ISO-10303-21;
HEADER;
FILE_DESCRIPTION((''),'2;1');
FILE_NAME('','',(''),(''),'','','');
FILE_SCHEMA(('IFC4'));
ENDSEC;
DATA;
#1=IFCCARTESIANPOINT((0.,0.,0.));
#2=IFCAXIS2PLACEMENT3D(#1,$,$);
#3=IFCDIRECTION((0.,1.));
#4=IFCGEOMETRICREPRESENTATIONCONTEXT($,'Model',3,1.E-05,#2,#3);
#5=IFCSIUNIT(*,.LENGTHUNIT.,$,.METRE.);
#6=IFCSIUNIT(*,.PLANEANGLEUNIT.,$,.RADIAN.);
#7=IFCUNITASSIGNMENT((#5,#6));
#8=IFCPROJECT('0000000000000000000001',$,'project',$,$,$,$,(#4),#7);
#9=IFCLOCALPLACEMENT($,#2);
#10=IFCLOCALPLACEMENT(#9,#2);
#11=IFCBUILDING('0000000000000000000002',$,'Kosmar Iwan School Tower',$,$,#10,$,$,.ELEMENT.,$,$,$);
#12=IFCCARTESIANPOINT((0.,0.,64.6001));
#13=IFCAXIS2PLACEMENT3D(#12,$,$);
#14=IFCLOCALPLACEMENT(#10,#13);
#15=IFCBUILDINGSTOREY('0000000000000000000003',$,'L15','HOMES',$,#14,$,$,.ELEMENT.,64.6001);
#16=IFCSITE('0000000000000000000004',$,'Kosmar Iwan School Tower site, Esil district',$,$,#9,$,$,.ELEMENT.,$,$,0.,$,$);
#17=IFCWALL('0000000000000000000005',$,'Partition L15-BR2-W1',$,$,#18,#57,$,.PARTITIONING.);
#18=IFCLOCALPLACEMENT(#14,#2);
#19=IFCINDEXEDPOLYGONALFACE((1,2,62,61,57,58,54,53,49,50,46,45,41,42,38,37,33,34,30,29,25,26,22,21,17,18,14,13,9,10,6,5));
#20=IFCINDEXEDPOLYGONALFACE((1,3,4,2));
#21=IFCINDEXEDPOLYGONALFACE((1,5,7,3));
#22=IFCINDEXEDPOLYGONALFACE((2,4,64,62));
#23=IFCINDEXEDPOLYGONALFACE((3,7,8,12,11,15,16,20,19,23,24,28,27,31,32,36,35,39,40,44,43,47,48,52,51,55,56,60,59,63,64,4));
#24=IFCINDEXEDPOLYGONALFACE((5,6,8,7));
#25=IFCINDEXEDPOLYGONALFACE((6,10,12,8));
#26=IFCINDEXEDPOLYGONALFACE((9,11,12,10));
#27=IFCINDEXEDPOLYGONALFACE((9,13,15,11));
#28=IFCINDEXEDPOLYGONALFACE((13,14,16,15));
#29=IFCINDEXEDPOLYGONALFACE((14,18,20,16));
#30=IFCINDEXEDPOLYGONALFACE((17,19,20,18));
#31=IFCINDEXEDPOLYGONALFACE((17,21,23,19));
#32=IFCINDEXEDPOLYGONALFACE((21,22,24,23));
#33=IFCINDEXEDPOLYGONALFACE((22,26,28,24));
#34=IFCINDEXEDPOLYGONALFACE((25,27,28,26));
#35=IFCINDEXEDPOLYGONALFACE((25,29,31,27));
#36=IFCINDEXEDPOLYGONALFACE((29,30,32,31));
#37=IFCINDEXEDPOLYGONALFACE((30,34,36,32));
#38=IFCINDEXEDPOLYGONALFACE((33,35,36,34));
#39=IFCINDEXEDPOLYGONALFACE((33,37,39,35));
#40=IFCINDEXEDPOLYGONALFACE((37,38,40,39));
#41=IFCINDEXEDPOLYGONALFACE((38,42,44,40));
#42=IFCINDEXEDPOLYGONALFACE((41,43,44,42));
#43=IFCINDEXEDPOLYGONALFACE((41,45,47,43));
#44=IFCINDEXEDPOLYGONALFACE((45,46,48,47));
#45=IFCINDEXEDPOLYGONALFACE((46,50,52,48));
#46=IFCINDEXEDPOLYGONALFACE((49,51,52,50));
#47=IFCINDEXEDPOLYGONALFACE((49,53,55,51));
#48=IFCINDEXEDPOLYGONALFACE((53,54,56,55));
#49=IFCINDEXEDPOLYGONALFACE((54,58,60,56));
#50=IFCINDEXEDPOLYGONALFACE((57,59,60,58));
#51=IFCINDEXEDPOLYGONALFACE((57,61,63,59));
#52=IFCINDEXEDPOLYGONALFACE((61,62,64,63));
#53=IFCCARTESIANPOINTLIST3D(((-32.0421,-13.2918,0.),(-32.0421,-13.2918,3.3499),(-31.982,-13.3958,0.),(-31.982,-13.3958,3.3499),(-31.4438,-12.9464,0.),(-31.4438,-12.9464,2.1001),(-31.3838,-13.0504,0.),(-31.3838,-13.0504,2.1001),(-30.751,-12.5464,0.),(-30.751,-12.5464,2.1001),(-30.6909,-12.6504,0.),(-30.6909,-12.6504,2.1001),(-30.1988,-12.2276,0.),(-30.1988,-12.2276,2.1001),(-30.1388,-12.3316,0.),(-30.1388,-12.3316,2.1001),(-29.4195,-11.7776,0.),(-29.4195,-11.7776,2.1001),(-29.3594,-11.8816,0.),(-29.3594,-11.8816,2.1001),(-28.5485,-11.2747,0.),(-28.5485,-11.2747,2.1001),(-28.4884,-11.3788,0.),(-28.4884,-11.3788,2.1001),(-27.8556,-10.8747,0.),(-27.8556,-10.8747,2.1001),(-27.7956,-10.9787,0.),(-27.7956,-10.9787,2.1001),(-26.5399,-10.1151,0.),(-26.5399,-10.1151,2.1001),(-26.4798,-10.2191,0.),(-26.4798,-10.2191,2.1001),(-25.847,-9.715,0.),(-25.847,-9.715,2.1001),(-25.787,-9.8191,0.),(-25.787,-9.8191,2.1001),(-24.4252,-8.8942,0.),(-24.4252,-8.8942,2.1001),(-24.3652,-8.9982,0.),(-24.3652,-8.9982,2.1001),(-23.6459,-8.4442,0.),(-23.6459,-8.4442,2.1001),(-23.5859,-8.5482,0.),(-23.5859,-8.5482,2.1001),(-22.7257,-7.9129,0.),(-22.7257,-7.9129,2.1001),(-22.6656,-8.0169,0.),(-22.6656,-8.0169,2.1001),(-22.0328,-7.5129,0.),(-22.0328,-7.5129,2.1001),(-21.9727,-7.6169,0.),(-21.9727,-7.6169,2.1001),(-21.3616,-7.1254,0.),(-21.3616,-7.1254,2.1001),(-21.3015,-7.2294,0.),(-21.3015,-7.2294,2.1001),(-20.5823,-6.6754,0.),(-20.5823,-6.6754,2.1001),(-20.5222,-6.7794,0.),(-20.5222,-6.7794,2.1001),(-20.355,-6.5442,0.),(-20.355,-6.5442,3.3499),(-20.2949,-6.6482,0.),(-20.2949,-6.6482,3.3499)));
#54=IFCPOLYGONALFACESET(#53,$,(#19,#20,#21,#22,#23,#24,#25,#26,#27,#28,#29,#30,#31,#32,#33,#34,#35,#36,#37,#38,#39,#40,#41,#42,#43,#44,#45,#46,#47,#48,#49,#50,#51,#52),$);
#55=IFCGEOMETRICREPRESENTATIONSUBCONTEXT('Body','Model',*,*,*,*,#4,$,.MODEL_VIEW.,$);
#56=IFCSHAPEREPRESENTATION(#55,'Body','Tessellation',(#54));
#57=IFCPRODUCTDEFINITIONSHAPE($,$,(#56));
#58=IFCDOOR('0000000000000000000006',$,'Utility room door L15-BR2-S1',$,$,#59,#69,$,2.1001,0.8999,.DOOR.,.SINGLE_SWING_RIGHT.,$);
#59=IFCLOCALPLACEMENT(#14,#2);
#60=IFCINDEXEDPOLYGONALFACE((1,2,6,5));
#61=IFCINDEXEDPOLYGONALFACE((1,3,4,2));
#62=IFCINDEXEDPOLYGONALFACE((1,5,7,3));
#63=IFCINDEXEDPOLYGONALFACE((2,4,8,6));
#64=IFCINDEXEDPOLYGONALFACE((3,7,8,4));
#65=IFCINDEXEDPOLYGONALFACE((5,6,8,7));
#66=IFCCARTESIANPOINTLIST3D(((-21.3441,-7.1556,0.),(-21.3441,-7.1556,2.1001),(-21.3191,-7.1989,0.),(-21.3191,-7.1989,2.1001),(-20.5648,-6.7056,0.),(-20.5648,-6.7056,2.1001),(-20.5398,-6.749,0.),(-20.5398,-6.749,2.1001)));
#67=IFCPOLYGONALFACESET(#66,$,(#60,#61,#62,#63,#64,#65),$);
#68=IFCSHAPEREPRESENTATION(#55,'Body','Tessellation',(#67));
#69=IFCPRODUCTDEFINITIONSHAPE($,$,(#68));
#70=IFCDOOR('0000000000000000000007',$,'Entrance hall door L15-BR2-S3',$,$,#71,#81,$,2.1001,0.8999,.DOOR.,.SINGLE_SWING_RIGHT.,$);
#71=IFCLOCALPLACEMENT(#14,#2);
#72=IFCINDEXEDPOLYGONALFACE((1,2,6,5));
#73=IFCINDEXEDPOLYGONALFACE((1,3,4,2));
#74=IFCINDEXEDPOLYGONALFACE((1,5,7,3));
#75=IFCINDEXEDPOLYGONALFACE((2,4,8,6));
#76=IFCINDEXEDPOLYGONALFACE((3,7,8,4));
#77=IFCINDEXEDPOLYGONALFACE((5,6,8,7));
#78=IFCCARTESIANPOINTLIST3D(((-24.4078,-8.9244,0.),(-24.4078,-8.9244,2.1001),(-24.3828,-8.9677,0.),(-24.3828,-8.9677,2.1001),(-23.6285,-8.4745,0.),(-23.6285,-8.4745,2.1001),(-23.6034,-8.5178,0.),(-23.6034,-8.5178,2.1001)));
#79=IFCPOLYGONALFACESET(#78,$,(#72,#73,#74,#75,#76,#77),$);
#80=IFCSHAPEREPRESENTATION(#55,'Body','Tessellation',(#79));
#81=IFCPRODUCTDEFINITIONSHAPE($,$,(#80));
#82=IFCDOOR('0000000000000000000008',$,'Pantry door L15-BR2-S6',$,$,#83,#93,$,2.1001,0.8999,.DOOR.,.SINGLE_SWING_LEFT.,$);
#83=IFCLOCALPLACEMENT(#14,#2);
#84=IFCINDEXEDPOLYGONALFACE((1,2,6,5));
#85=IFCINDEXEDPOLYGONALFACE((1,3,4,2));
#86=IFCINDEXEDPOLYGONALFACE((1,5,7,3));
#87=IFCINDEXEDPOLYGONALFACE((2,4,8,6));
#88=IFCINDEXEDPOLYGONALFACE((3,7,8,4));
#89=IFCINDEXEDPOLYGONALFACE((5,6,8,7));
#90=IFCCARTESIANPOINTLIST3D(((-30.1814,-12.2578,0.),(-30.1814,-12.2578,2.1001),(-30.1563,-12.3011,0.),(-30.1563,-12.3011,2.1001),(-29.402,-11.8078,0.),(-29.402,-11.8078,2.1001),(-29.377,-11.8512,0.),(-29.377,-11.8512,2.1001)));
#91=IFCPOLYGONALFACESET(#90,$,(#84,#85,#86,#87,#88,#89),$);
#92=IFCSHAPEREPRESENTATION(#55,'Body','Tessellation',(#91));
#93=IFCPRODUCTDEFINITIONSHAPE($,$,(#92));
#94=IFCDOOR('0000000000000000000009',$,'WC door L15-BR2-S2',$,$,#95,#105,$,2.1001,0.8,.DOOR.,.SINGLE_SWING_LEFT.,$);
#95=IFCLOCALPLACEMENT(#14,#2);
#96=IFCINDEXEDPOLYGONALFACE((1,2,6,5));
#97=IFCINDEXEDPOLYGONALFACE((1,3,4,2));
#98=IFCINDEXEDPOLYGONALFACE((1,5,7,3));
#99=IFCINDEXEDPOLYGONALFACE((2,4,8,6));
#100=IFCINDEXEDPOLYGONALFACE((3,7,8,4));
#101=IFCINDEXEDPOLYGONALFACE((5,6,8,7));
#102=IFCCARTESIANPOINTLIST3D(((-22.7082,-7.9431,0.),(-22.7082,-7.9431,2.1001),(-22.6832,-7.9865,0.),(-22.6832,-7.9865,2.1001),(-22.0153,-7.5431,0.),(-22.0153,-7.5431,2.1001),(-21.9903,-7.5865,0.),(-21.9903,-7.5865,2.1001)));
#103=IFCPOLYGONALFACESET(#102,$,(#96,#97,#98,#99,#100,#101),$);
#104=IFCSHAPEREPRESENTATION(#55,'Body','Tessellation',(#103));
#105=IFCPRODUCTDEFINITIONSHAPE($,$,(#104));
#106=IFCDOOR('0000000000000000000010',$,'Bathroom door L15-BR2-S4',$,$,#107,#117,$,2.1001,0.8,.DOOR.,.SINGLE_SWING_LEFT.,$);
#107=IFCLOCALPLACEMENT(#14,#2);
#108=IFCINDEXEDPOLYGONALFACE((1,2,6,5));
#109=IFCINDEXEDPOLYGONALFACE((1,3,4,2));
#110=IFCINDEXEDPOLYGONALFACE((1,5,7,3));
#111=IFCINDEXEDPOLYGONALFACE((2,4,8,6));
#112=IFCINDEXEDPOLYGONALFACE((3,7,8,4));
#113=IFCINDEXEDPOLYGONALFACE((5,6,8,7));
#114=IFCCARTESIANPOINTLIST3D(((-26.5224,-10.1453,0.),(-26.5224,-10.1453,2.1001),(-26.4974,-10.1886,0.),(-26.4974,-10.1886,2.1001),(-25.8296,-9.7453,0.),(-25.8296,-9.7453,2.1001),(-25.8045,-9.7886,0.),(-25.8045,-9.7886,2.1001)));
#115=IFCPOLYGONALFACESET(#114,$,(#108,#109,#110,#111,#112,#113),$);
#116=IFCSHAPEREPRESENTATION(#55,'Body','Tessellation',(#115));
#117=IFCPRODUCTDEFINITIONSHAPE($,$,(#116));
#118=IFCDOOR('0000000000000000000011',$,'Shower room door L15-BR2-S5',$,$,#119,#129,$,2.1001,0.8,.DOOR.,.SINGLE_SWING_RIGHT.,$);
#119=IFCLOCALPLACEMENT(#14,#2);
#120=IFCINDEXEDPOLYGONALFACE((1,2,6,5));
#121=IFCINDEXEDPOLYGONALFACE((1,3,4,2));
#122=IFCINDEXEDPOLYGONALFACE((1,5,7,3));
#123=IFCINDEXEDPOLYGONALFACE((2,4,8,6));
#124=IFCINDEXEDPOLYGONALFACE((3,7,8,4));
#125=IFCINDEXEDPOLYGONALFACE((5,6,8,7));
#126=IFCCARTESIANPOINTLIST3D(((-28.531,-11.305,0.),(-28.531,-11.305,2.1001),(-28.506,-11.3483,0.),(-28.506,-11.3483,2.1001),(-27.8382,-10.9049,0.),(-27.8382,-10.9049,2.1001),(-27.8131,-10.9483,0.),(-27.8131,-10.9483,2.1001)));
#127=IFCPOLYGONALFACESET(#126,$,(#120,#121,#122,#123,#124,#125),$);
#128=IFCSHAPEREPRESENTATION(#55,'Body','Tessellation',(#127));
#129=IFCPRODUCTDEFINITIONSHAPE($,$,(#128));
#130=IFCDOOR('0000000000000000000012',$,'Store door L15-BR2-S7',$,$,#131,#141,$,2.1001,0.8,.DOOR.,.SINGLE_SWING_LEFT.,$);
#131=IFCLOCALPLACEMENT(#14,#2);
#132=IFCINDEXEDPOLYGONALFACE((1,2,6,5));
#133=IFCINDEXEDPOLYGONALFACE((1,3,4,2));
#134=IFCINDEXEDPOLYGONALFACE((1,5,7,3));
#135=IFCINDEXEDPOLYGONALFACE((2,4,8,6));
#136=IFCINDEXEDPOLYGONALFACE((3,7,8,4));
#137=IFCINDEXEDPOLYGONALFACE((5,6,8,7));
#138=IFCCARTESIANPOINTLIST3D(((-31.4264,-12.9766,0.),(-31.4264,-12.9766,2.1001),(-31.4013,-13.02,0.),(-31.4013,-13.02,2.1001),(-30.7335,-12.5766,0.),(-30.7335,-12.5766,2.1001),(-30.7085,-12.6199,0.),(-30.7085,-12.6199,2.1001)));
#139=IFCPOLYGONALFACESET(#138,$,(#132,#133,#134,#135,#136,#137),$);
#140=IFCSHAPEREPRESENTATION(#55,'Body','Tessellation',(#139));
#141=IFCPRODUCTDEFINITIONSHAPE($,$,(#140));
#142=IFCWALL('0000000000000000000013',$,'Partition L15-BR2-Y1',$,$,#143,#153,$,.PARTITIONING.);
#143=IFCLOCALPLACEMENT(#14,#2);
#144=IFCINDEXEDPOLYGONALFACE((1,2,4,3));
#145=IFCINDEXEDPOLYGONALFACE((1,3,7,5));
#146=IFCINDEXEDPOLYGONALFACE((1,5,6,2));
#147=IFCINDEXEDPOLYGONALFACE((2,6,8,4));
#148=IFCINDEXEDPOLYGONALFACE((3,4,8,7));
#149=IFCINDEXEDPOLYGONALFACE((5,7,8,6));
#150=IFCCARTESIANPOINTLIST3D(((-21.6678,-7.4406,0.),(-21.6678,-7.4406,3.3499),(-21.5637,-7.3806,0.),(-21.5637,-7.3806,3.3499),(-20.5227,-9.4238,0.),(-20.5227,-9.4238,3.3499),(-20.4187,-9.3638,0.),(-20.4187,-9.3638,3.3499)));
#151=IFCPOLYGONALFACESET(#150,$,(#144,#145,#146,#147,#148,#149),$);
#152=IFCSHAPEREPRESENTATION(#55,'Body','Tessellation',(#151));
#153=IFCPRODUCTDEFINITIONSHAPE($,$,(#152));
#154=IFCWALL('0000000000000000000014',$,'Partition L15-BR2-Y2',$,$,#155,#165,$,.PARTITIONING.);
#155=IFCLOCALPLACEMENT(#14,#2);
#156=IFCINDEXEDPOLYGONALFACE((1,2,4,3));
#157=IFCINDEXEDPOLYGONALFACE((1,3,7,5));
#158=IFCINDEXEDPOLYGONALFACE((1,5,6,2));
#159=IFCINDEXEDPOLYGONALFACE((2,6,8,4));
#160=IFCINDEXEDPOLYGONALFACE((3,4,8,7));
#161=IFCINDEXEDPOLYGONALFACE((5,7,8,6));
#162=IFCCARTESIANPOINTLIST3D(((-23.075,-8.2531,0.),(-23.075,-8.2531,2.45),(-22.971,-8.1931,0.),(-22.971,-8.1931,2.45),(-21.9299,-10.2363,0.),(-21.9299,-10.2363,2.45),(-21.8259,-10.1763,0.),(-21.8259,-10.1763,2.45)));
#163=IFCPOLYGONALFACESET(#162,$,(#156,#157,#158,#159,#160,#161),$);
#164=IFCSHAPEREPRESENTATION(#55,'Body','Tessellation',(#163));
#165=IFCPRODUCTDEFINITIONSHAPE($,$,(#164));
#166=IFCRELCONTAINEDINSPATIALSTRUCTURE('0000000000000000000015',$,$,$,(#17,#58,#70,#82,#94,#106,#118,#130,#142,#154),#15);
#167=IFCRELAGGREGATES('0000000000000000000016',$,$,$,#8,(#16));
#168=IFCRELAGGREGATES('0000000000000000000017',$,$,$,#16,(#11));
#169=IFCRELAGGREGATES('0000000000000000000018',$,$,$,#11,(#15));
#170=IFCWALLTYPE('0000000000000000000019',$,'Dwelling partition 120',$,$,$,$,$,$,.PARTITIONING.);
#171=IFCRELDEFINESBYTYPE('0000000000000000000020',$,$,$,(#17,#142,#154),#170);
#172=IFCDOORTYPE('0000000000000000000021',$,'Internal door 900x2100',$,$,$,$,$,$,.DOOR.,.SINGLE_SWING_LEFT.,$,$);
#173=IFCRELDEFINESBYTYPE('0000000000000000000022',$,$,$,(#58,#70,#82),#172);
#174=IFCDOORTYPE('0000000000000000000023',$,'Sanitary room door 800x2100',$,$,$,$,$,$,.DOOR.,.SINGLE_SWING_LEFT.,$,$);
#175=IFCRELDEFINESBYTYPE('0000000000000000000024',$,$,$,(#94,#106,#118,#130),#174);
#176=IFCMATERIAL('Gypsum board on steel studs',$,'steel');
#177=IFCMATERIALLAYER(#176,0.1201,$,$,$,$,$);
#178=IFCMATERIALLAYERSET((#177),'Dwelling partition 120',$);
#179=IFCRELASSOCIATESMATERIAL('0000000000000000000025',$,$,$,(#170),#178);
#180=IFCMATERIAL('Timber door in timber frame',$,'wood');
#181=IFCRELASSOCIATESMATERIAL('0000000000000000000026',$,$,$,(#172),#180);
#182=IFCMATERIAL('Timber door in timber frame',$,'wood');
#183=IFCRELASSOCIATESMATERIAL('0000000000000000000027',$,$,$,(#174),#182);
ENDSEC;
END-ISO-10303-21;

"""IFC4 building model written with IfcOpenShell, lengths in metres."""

from ifc_helpers import new_model, si_unit, direction, frame, frame_2d, origin, place, context, subcontext, project, spatial, rectangle, extrude, material, layer, layer_set, type_object, element, fill, save


model = new_model("IFC4")

# Units and contexts
model_context = context("Model", 3, precision=1e-05, world=origin(), true_north=direction((0.0, 1.0)))
body_context = subcontext(model_context, "Body", "Model", "MODEL_VIEW")
ifc_project = project(units=[si_unit("LENGTHUNIT", "METRE"), si_unit("PLANEANGLEUNIT", "RADIAN")], contexts=[model_context])

# Site, building, storey
site_placement = place(None, origin())
site = spatial("IfcSite", under=ifc_project, at=site_placement, Name="Kosmar Iwan School Tower site, Esil district", CompositionType="ELEMENT", RefElevation=0.0)
building_placement = place(site_placement, origin())
building = spatial("IfcBuilding", under=site, at=building_placement, Name="Kosmar Iwan School Tower", CompositionType="ELEMENT")
storey_placement = place(building_placement, frame((0.0, 0.0, 64.6001)))
storey = spatial("IfcBuildingStorey", under=building, at=storey_placement, Name="L15", Description="HOMES", CompositionType="ELEMENT", Elevation=64.6001)

# Shared definitions
ifc_material_1 = material(Name="Gypsum board on steel studs", Category="steel")
ifc_layer_1 = layer(ifc_material_1, 0.1201)
ifc_layer_set_1 = layer_set([ifc_layer_1], Name="Dwelling partition 120")
wall_type_1 = type_object("IfcWallType", Name="Dwelling partition 120", PredefinedType="PARTITIONING", material=ifc_layer_set_1)

# Wall, openings, doors
wall_1_placement = place(storey_placement, frame((-20.325, -6.5962, 0.0), z_axis=(0.0, 0.0, 1.0), x_axis=(-0.866024, -0.500003, 0.0)))
wall_1 = element("IfcWall", 1, at=wall_1_placement, inside=storey, type_object=wall_type_1, Name="Partition L15-BR2-W1", PredefinedType="PARTITIONING", context=body_context, shape_type="SweptSolid", body=[
    extrude(rectangle(XDim=13.4951, YDim=0.1201, at=frame_2d((6.7476, 0.0))), origin(), (0.0, 0.0, 1.0), 3.3499),
])
opening_1_placement = place(wall_1_placement, frame((0.2625, 0.0, 0.0)))
opening_1 = element("IfcOpeningElement", 2, at=opening_1_placement, cuts=wall_1, PredefinedType="OPENING", context=body_context, shape_type="SweptSolid", body=[
    extrude(rectangle(XDim=0.8999, YDim=2.1001, at=frame_2d((0.45, 1.05))), frame((0.0, 0.072, 0.0), z_axis=(0.0, -1.0, 0.0), x_axis=(1.0, 0.0, 0.0)), (0.0, 0.0, 1.0), 0.144),
])
opening_2_placement = place(wall_1_placement, frame((1.9375, 0.0, 0.0)))
opening_2 = element("IfcOpeningElement", 3, at=opening_2_placement, cuts=wall_1, PredefinedType="OPENING", context=body_context, shape_type="SweptSolid", body=[
    extrude(rectangle(XDim=0.8, YDim=2.1001, at=frame_2d((0.3999, 1.05))), frame((0.0, 0.072, 0.0), z_axis=(0.0, -1.0, 0.0), x_axis=(1.0, 0.0, 0.0)), (0.0, 0.0, 1.0), 0.144),
])
opening_3_placement = place(wall_1_placement, frame((3.8, 0.0, 0.0)))
opening_3 = element("IfcOpeningElement", 4, at=opening_3_placement, cuts=wall_1, PredefinedType="OPENING", context=body_context, shape_type="SweptSolid", body=[
    extrude(rectangle(XDim=0.8999, YDim=2.1001, at=frame_2d((0.45, 1.05))), frame((0.0, 0.072, 0.0), z_axis=(0.0, -1.0, 0.0), x_axis=(1.0, 0.0, 0.0)), (0.0, 0.0, 1.0), 0.144),
])
opening_4_placement = place(wall_1_placement, frame((6.3418, 0.0, 0.0)))
opening_4 = element("IfcOpeningElement", 5, at=opening_4_placement, cuts=wall_1, PredefinedType="OPENING", context=body_context, shape_type="SweptSolid", body=[
    extrude(rectangle(XDim=0.8, YDim=2.1001, at=frame_2d((0.3999, 1.05))), frame((0.0, 0.072, 0.0), z_axis=(0.0, -1.0, 0.0), x_axis=(1.0, 0.0, 0.0)), (0.0, 0.0, 1.0), 0.144),
])
opening_5_placement = place(wall_1_placement, frame((8.6611, 0.0, 0.0)))
opening_5 = element("IfcOpeningElement", 6, at=opening_5_placement, cuts=wall_1, PredefinedType="OPENING", context=body_context, shape_type="SweptSolid", body=[
    extrude(rectangle(XDim=0.8, YDim=2.1001, at=frame_2d((0.3999, 1.05))), frame((0.0, 0.072, 0.0), z_axis=(0.0, -1.0, 0.0), x_axis=(1.0, 0.0, 0.0)), (0.0, 0.0, 1.0), 0.144),
])
opening_6_placement = place(wall_1_placement, frame((10.4668, 0.0, 0.0)))
opening_6 = element("IfcOpeningElement", 7, at=opening_6_placement, cuts=wall_1, PredefinedType="OPENING", context=body_context, shape_type="SweptSolid", body=[
    extrude(rectangle(XDim=0.8999, YDim=2.1001, at=frame_2d((0.45, 1.05))), frame((0.0, 0.072, 0.0), z_axis=(0.0, -1.0, 0.0), x_axis=(1.0, 0.0, 0.0)), (0.0, 0.0, 1.0), 0.144),
])
opening_7_placement = place(wall_1_placement, frame((12.0044, 0.0, 0.0)))
opening_7 = element("IfcOpeningElement", 8, at=opening_7_placement, cuts=wall_1, PredefinedType="OPENING", context=body_context, shape_type="SweptSolid", body=[
    extrude(rectangle(XDim=0.8, YDim=2.1001, at=frame_2d((0.3999, 1.05))), frame((0.0, 0.072, 0.0), z_axis=(0.0, -1.0, 0.0), x_axis=(1.0, 0.0, 0.0)), (0.0, 0.0, 1.0), 0.144),
])
ifc_material_2 = material(Name="Timber door in timber frame", Category="wood")
door_type_1 = type_object("IfcDoorType", Name="Internal door 900x2100", OperationType="SINGLE_SWING_LEFT", PredefinedType="DOOR", material=ifc_material_2)
door_1_placement = place(opening_1_placement, origin())
door_1 = element("IfcDoor", 9, at=door_1_placement, inside=storey, type_object=door_type_1, Name="Utility room door L15-BR2-S1", OperationType="SINGLE_SWING_RIGHT", OverallHeight=2.1001, OverallWidth=0.8999, PredefinedType="DOOR", context=body_context, shape_type="SweptSolid", body=[
    extrude(rectangle(XDim=0.8999, YDim=2.1001, at=frame_2d((0.45, 1.05))), frame((0.0, 0.0249, 0.0), z_axis=(0.0, -1.0, 0.0), x_axis=(1.0, 0.0, 0.0)), (0.0, 0.0, 1.0), 0.05),
])
fill(opening_1, door_1)
door_2_placement = place(opening_3_placement, origin())
door_2 = element("IfcDoor", 10, at=door_2_placement, inside=storey, type_object=door_type_1, Name="Entrance hall door L15-BR2-S3", OperationType="SINGLE_SWING_RIGHT", OverallHeight=2.1001, OverallWidth=0.8999, PredefinedType="DOOR", context=body_context, shape_type="SweptSolid", body=[
    extrude(rectangle(XDim=0.8999, YDim=2.1001, at=frame_2d((0.45, 1.05))), frame((0.0, 0.0249, 0.0), z_axis=(0.0, -1.0, 0.0), x_axis=(1.0, 0.0, 0.0)), (0.0, 0.0, 1.0), 0.05),
])
fill(opening_3, door_2)
door_3_placement = place(opening_6_placement, origin())
door_3 = element("IfcDoor", 11, at=door_3_placement, inside=storey, type_object=door_type_1, Name="Pantry door L15-BR2-S6", OperationType="SINGLE_SWING_LEFT", OverallHeight=2.1001, OverallWidth=0.8999, PredefinedType="DOOR", context=body_context, shape_type="SweptSolid", body=[
    extrude(rectangle(XDim=0.8999, YDim=2.1001, at=frame_2d((0.45, 1.05))), frame((0.0, 0.0249, 0.0), z_axis=(0.0, -1.0, 0.0), x_axis=(1.0, 0.0, 0.0)), (0.0, 0.0, 1.0), 0.05),
])
fill(opening_6, door_3)
ifc_material_3 = material(Name="Timber door in timber frame", Category="wood")
door_type_2 = type_object("IfcDoorType", Name="Sanitary room door 800x2100", OperationType="SINGLE_SWING_LEFT", PredefinedType="DOOR", material=ifc_material_3)
door_4_placement = place(opening_2_placement, origin())
door_4 = element("IfcDoor", 12, at=door_4_placement, inside=storey, type_object=door_type_2, Name="WC door L15-BR2-S2", OperationType="SINGLE_SWING_LEFT", OverallHeight=2.1001, OverallWidth=0.8, PredefinedType="DOOR", context=body_context, shape_type="SweptSolid", body=[
    extrude(rectangle(XDim=0.8, YDim=2.1001, at=frame_2d((0.3999, 1.05))), frame((0.0, 0.0249, 0.0), z_axis=(0.0, -1.0, 0.0), x_axis=(1.0, 0.0, 0.0)), (0.0, 0.0, 1.0), 0.05),
])
fill(opening_2, door_4)
door_5_placement = place(opening_4_placement, origin())
door_5 = element("IfcDoor", 13, at=door_5_placement, inside=storey, type_object=door_type_2, Name="Bathroom door L15-BR2-S4", OperationType="SINGLE_SWING_LEFT", OverallHeight=2.1001, OverallWidth=0.8, PredefinedType="DOOR", context=body_context, shape_type="SweptSolid", body=[
    extrude(rectangle(XDim=0.8, YDim=2.1001, at=frame_2d((0.3999, 1.05))), frame((0.0, 0.0249, 0.0), z_axis=(0.0, -1.0, 0.0), x_axis=(1.0, 0.0, 0.0)), (0.0, 0.0, 1.0), 0.05),
])
fill(opening_4, door_5)
door_6_placement = place(opening_5_placement, origin())
door_6 = element("IfcDoor", 14, at=door_6_placement, inside=storey, type_object=door_type_2, Name="Shower room door L15-BR2-S5", OperationType="SINGLE_SWING_RIGHT", OverallHeight=2.1001, OverallWidth=0.8, PredefinedType="DOOR", context=body_context, shape_type="SweptSolid", body=[
    extrude(rectangle(XDim=0.8, YDim=2.1001, at=frame_2d((0.3999, 1.05))), frame((0.0, 0.0249, 0.0), z_axis=(0.0, -1.0, 0.0), x_axis=(1.0, 0.0, 0.0)), (0.0, 0.0, 1.0), 0.05),
])
fill(opening_5, door_6)
door_7_placement = place(opening_7_placement, origin())
door_7 = element("IfcDoor", 15, at=door_7_placement, inside=storey, type_object=door_type_2, Name="Store door L15-BR2-S7", OperationType="SINGLE_SWING_LEFT", OverallHeight=2.1001, OverallWidth=0.8, PredefinedType="DOOR", context=body_context, shape_type="SweptSolid", body=[
    extrude(rectangle(XDim=0.8, YDim=2.1001, at=frame_2d((0.3999, 1.05))), frame((0.0, 0.0249, 0.0), z_axis=(0.0, -1.0, 0.0), x_axis=(1.0, 0.0, 0.0)), (0.0, 0.0, 1.0), 0.05),
])
fill(opening_7, door_7)

# Walls
wall_2_placement = place(storey_placement, frame((-20.4707, -9.3938, 0.0), z_axis=(0.0, 0.0, 1.0), x_axis=(-0.500015, 0.866017, 0.0)))
element("IfcWall", 16, at=wall_2_placement, inside=storey, type_object=wall_type_1, Name="Partition L15-BR2-Y1", PredefinedType="PARTITIONING", context=body_context, shape_type="SweptSolid", body=[
    extrude(rectangle(XDim=2.29, YDim=0.1201, at=frame_2d((1.145, 0.0))), origin(), (0.0, 0.0, 1.0), 3.3499),
])
wall_3_placement = place(storey_placement, frame((-21.8779, -10.2063, 0.0), z_axis=(0.0, 0.0, 1.0), x_axis=(-0.500015, 0.866017, 0.0)))
element("IfcWall", 17, at=wall_3_placement, inside=storey, type_object=wall_type_1, Name="Partition L15-BR2-Y2", PredefinedType="PARTITIONING", context=body_context, shape_type="SweptSolid", body=[
    extrude(rectangle(XDim=2.29, YDim=0.1201, at=frame_2d((1.145, 0.0))), origin(), (0.0, 0.0, 1.0), 2.45),
])

save(model, "model.ifc")
